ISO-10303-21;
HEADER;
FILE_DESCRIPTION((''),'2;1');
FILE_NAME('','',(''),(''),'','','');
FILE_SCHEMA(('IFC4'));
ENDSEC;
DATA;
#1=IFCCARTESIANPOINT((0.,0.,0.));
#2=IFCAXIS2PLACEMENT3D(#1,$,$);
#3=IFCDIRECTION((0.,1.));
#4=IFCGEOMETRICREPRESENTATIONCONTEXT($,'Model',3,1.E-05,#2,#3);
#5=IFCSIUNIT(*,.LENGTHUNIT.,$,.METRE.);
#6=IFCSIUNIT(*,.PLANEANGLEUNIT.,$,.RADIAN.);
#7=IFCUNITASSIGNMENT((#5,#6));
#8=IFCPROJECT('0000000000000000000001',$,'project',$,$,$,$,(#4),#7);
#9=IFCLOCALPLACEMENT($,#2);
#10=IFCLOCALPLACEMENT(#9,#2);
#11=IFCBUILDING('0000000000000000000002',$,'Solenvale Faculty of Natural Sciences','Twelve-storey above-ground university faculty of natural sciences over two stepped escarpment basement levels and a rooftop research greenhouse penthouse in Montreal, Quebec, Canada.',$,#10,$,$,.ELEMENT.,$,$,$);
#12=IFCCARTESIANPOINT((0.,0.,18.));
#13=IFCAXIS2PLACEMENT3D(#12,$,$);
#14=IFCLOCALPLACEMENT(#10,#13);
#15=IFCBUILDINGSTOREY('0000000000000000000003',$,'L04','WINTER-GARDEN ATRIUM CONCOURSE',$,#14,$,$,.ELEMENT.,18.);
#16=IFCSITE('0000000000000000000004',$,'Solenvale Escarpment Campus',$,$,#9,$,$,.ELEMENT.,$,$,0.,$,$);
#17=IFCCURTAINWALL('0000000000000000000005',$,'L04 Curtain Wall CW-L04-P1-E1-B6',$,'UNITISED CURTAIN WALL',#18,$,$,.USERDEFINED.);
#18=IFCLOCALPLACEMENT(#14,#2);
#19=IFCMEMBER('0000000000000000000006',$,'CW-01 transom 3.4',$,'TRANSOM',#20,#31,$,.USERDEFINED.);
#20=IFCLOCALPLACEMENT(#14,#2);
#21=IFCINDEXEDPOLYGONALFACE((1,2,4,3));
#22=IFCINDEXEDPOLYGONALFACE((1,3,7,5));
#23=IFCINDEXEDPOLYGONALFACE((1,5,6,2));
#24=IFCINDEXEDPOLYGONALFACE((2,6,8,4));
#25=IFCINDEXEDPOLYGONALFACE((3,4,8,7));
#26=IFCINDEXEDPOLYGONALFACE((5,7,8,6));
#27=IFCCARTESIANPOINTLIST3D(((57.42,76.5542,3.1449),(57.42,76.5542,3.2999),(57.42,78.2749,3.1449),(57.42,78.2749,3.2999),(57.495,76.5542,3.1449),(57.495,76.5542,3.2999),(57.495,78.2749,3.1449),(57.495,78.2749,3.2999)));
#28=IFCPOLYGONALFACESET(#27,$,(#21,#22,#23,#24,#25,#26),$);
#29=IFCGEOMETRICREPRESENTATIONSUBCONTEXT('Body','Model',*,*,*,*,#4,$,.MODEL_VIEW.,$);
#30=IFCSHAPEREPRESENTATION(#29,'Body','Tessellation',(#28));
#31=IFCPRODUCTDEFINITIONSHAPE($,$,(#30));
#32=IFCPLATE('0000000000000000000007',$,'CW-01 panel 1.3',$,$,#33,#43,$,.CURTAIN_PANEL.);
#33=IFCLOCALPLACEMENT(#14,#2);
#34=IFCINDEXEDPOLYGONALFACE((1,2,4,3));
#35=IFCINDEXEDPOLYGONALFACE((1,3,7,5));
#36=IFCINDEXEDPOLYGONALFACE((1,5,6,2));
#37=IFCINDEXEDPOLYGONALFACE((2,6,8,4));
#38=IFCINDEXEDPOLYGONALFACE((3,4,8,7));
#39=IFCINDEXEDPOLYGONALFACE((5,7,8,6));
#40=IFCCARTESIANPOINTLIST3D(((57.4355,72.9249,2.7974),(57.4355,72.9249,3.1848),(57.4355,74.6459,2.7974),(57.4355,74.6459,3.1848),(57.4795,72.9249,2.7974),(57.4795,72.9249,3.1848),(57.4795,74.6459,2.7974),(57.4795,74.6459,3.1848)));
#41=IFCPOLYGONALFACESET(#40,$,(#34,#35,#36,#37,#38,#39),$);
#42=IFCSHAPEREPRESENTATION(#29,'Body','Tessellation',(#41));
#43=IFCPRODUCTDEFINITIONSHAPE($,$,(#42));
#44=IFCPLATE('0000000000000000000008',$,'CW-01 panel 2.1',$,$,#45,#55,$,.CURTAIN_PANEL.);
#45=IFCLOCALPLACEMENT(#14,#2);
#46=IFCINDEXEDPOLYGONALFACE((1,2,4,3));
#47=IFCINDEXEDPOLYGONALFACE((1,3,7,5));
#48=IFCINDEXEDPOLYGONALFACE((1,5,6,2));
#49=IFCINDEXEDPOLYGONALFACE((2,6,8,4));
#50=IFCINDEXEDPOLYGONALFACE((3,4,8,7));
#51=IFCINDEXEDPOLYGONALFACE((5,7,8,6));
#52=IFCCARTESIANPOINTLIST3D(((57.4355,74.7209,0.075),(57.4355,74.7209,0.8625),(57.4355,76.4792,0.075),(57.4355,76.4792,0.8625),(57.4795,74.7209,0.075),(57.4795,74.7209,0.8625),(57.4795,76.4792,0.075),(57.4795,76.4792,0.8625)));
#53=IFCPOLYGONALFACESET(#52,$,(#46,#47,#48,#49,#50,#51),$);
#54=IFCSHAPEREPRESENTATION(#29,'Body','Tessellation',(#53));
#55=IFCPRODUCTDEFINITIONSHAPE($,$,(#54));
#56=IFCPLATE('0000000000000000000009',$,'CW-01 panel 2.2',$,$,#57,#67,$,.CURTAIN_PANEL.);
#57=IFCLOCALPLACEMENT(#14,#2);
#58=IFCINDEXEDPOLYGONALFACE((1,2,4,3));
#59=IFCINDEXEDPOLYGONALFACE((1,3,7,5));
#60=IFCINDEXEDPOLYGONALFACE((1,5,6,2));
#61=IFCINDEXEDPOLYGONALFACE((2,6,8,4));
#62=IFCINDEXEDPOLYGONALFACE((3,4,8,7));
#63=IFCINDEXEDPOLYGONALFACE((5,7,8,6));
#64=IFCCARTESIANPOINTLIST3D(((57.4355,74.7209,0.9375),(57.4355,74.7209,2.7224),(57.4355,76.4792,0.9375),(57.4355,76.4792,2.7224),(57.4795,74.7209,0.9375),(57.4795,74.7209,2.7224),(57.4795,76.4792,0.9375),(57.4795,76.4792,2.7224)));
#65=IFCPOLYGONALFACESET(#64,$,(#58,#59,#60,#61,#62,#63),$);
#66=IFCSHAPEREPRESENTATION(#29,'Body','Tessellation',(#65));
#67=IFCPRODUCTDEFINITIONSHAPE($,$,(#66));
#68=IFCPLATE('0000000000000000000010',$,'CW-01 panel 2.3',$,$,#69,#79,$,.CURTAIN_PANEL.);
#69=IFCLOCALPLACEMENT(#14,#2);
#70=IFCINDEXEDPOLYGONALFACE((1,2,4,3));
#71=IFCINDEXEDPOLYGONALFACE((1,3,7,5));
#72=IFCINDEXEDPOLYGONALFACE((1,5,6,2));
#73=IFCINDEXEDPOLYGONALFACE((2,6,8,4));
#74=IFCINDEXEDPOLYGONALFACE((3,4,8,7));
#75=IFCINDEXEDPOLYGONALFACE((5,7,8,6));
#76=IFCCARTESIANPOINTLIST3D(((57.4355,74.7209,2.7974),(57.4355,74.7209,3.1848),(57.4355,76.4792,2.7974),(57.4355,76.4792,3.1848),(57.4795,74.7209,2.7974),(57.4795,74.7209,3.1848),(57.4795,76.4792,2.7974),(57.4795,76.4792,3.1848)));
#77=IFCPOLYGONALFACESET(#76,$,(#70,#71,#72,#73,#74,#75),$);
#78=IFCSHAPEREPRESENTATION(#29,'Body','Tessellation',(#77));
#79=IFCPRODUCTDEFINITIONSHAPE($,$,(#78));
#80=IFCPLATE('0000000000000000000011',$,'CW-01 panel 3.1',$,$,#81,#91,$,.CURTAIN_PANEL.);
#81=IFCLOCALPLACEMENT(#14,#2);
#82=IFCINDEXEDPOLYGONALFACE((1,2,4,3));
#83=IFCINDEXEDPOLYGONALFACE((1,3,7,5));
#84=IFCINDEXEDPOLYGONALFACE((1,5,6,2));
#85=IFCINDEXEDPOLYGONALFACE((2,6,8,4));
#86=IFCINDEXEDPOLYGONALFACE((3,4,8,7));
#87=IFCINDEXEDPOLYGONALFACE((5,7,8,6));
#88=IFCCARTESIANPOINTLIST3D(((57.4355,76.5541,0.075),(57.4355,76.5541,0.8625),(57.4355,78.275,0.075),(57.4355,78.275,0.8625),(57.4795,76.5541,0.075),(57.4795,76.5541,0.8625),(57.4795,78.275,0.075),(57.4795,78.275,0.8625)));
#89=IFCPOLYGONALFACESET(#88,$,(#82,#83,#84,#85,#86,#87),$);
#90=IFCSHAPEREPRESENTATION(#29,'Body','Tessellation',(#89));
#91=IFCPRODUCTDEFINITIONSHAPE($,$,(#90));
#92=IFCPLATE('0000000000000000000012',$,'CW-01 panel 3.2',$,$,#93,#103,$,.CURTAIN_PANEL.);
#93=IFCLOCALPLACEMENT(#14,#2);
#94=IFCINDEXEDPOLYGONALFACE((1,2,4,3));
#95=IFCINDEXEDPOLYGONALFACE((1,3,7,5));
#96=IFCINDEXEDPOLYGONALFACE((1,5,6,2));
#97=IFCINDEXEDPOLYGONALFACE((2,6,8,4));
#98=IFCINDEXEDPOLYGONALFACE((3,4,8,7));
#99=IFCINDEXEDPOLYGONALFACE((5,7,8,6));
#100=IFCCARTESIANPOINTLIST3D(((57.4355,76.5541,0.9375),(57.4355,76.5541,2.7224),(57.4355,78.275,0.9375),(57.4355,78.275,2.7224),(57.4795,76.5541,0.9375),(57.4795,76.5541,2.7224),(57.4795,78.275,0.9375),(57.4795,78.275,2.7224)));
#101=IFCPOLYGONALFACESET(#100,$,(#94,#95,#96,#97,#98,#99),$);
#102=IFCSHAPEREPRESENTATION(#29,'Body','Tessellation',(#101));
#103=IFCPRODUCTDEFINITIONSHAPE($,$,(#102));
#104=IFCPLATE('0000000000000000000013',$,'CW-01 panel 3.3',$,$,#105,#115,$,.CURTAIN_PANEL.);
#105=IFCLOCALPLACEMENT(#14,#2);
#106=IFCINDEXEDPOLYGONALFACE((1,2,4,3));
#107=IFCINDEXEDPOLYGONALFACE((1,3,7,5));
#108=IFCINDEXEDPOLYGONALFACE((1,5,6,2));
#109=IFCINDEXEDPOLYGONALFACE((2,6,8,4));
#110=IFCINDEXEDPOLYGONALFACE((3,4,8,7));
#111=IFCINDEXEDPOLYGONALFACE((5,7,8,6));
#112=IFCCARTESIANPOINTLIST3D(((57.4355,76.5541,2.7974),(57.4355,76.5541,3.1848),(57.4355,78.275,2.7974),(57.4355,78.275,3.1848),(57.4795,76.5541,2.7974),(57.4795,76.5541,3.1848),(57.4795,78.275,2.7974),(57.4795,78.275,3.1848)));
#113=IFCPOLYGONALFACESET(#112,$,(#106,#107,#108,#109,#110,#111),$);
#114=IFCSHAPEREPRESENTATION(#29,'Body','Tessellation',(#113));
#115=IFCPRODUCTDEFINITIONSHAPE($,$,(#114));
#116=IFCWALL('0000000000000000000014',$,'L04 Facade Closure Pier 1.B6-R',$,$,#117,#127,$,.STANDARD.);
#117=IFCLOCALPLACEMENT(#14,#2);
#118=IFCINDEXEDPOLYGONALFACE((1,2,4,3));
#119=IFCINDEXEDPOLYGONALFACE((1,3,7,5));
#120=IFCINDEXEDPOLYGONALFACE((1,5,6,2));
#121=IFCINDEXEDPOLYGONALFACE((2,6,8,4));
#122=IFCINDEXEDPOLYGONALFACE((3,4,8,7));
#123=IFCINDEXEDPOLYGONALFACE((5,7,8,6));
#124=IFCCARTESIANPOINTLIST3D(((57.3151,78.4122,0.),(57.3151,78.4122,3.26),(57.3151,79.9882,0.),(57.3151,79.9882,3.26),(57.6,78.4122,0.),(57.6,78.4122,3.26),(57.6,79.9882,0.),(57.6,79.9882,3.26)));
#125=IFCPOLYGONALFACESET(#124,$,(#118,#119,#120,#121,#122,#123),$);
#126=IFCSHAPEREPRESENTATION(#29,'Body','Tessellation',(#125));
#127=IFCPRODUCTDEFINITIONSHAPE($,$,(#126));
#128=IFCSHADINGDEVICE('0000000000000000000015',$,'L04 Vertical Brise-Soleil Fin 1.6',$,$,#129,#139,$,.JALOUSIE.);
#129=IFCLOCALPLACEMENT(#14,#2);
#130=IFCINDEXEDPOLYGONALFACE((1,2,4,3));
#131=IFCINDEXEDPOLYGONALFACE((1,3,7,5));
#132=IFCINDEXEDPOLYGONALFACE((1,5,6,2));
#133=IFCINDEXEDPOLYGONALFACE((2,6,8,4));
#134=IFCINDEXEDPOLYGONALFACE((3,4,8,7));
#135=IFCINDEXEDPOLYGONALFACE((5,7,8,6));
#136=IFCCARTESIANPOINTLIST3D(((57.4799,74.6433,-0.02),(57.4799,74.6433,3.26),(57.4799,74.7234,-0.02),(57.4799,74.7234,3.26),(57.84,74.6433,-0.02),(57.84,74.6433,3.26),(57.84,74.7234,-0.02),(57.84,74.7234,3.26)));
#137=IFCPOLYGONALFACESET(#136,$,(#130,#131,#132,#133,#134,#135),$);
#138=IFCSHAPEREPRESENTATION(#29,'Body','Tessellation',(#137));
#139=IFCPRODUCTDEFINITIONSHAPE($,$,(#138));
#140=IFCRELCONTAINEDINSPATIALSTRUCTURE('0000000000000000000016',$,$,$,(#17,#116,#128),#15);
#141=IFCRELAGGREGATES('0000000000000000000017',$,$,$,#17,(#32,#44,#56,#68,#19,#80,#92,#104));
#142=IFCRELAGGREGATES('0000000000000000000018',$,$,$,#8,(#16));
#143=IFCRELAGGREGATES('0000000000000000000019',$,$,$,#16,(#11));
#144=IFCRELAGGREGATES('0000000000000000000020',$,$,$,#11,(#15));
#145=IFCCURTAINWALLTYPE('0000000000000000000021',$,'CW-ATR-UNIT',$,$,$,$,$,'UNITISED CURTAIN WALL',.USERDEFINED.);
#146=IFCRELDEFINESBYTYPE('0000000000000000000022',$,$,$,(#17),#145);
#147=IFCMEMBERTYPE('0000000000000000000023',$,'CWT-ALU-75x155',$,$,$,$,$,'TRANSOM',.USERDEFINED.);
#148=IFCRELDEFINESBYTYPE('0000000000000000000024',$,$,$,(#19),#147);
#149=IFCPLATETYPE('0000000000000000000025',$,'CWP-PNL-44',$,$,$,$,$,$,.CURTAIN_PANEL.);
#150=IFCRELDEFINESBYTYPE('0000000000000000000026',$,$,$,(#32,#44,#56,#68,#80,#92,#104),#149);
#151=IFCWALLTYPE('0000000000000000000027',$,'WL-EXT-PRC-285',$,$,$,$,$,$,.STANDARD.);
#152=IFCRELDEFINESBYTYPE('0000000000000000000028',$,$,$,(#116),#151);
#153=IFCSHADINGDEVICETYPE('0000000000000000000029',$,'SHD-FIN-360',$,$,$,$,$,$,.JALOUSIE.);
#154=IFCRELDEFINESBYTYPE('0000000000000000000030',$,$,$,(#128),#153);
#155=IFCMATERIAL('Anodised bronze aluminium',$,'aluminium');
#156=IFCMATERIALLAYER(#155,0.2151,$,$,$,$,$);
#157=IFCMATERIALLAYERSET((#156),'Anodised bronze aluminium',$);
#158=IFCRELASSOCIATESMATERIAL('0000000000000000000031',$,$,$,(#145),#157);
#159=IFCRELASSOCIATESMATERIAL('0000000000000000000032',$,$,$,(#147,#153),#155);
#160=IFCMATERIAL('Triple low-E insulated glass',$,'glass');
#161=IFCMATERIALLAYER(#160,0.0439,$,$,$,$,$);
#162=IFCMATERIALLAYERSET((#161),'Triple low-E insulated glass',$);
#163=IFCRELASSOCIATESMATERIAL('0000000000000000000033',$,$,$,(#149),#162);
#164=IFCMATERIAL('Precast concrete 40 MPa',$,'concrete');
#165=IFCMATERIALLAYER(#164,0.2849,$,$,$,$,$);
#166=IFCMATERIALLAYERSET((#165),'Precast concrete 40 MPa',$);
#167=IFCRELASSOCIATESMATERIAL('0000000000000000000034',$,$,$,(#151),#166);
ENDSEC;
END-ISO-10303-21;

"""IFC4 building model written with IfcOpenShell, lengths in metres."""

from ifc_helpers import new_model, si_unit, direction, frame, frame_2d, origin, origin_2d, place, context, subcontext, project, spatial, rectangle, extrude, material, layer, layer_set, material_profile, profile_set, type_object, element, aggregate, save


model = new_model("IFC4")

# Units and contexts
model_context = context("Model", 3, precision=1e-05, world=origin(), true_north=direction((0.0, 1.0)))
body_context = subcontext(model_context, "Body", "Model", "MODEL_VIEW")
ifc_project = project(units=[si_unit("LENGTHUNIT", "METRE"), si_unit("PLANEANGLEUNIT", "RADIAN")], contexts=[model_context])

# Site, building, storey
site_placement = place(None, origin())
site = spatial("IfcSite", under=ifc_project, at=site_placement, Name="Solenvale Escarpment Campus", CompositionType="ELEMENT", RefElevation=0.0)
building_placement = place(site_placement, origin())
building = spatial("IfcBuilding", under=site, at=building_placement, Name="Solenvale Faculty of Natural Sciences", Description="Twelve-storey above-ground university faculty of natural sciences over two stepped escarpment basement levels and a rooftop research greenhouse penthouse in Montreal, Quebec, Canada.", CompositionType="ELEMENT")
storey_placement = place(building_placement, frame((0.0, 0.0, 18.0)))
storey = spatial("IfcBuildingStorey", under=building, at=storey_placement, Name="L04", Description="WINTER-GARDEN ATRIUM CONCOURSE", CompositionType="ELEMENT", Elevation=18.0)

# Curtain wall, member, plates
ifc_material_1 = material(Name="Anodised bronze aluminium", Category="aluminium")
ifc_layer_1 = layer(ifc_material_1, 0.2151)
ifc_layer_set_1 = layer_set([ifc_layer_1], Name="Anodised bronze aluminium")
curtain_wall_type = type_object("IfcCurtainWallType", Name="CW-ATR-UNIT", ElementType="UNITISED CURTAIN WALL", PredefinedType="USERDEFINED", material=ifc_layer_set_1)
curtain_wall_placement = place(storey_placement, origin())
curtain_wall = element("IfcCurtainWall", 1, at=curtain_wall_placement, inside=storey, type_object=curtain_wall_type, Name="L04 Curtain Wall CW-L04-P1-E1-B6", ObjectType="UNITISED CURTAIN WALL", PredefinedType="USERDEFINED")
ifc_material_profile_1 = material_profile(ifc_material_1, rectangle(XDim=0.075, YDim=0.155, at=origin_2d()), Name="ALU-TRN-75x155")
ifc_profile_set_1 = profile_set([ifc_material_profile_1], Name="Anodised bronze aluminium")
member_type_1 = type_object("IfcMemberType", Name="CWT-ALU-75x155", ElementType="TRANSOM", PredefinedType="USERDEFINED", material=ifc_profile_set_1)
member_1_placement = place(storey_placement, frame((57.4575, 76.5542, 3.2224), z_axis=(0.0, 1.0, 0.0), x_axis=(-1.0, 0.0, 0.0)))
member_1 = element("IfcMember", 2, at=member_1_placement, type_object=member_type_1, Name="CW-01 transom 3.4", ObjectType="TRANSOM", PredefinedType="USERDEFINED", context=body_context, shape_type="SweptSolid", body=[
    extrude(rectangle(XDim=0.075, YDim=0.155, at=origin_2d()), origin(), (0.0, 0.0, 1.0), 1.7207),
])
ifc_material_2 = material(Name="Triple low-E insulated glass", Category="glass")
ifc_layer_2 = layer(ifc_material_2, 0.0439)
ifc_layer_set_2 = layer_set([ifc_layer_2], Name="Triple low-E insulated glass")
plate_type = type_object("IfcPlateType", Name="CWP-PNL-44", PredefinedType="CURTAIN_PANEL", material=ifc_layer_set_2)
plate_1_placement = place(storey_placement, frame((57.4575, 73.7854, 2.7974), z_axis=(0.0, 0.0, 1.0), x_axis=(0.0, 1.0, 0.0)))
plate_1 = element("IfcPlate", 3, at=plate_1_placement, type_object=plate_type, Name="CW-01 panel 1.3", PredefinedType="CURTAIN_PANEL", context=body_context, shape_type="SweptSolid", body=[
    extrude(rectangle(XDim=1.7209, YDim=0.0439, at=origin_2d()), origin(), (0.0, 0.0, 1.0), 0.3875),
])
plate_2_placement = place(storey_placement, frame((57.4575, 75.6001, 0.075), z_axis=(0.0, 0.0, 1.0), x_axis=(0.0, 1.0, 0.0)))
plate_2 = element("IfcPlate", 4, at=plate_2_placement, type_object=plate_type, Name="CW-01 panel 2.1", PredefinedType="CURTAIN_PANEL", context=body_context, shape_type="SweptSolid", body=[
    extrude(rectangle(XDim=1.7583, YDim=0.0439, at=origin_2d()), origin(), (0.0, 0.0, 1.0), 0.7876),
])
plate_3_placement = place(storey_placement, frame((57.4575, 75.6001, 0.9375), z_axis=(0.0, 0.0, 1.0), x_axis=(0.0, 1.0, 0.0)))
plate_3 = element("IfcPlate", 5, at=plate_3_placement, type_object=plate_type, Name="CW-01 panel 2.2", PredefinedType="CURTAIN_PANEL", context=body_context, shape_type="SweptSolid", body=[
    extrude(rectangle(XDim=1.7583, YDim=0.0439, at=origin_2d()), origin(), (0.0, 0.0, 1.0), 1.7849),
])
plate_4_placement = place(storey_placement, frame((57.4575, 75.6001, 2.7974), z_axis=(0.0, 0.0, 1.0), x_axis=(0.0, 1.0, 0.0)))
plate_4 = element("IfcPlate", 6, at=plate_4_placement, type_object=plate_type, Name="CW-01 panel 2.3", PredefinedType="CURTAIN_PANEL", context=body_context, shape_type="SweptSolid", body=[
    extrude(rectangle(XDim=1.7583, YDim=0.0439, at=origin_2d()), origin(), (0.0, 0.0, 1.0), 0.3875),
])
plate_5_placement = place(storey_placement, frame((57.4575, 77.4146, 0.075), z_axis=(0.0, 0.0, 1.0), x_axis=(0.0, 1.0, 0.0)))
plate_5 = element("IfcPlate", 7, at=plate_5_placement, type_object=plate_type, Name="CW-01 panel 3.1", PredefinedType="CURTAIN_PANEL", context=body_context, shape_type="SweptSolid", body=[
    extrude(rectangle(XDim=1.7209, YDim=0.0439, at=origin_2d()), origin(), (0.0, 0.0, 1.0), 0.7876),
])
plate_6_placement = place(storey_placement, frame((57.4575, 77.4146, 0.9375), z_axis=(0.0, 0.0, 1.0), x_axis=(0.0, 1.0, 0.0)))
plate_6 = element("IfcPlate", 8, at=plate_6_placement, type_object=plate_type, Name="CW-01 panel 3.2", PredefinedType="CURTAIN_PANEL", context=body_context, shape_type="SweptSolid", body=[
    extrude(rectangle(XDim=1.7209, YDim=0.0439, at=origin_2d()), origin(), (0.0, 0.0, 1.0), 1.7849),
])
plate_7_placement = place(storey_placement, frame((57.4575, 77.4146, 2.7974), z_axis=(0.0, 0.0, 1.0), x_axis=(0.0, 1.0, 0.0)))
plate_7 = element("IfcPlate", 9, at=plate_7_placement, type_object=plate_type, Name="CW-01 panel 3.3", PredefinedType="CURTAIN_PANEL", context=body_context, shape_type="SweptSolid", body=[
    extrude(rectangle(XDim=1.7209, YDim=0.0439, at=origin_2d()), origin(), (0.0, 0.0, 1.0), 0.3875),
])
aggregate(curtain_wall, [plate_1, plate_2, plate_3, plate_4, member_1, plate_5, plate_6, plate_7])

# Wall
ifc_material_3 = material(Name="Precast concrete 40 MPa", Category="concrete")
ifc_layer_3 = layer(ifc_material_3, 0.2849)
ifc_layer_set_3 = layer_set([ifc_layer_3], Name="Precast concrete 40 MPa")
wall_type = type_object("IfcWallType", Name="WL-EXT-PRC-285", PredefinedType="STANDARD", material=ifc_layer_set_3)
wall_placement = place(storey_placement, frame((57.4575, 78.4121, 0.0), z_axis=(0.0, 0.0, 1.0), x_axis=(0.0, 1.0, 0.0)))
element("IfcWall", 10, at=wall_placement, inside=storey, type_object=wall_type, Name="L04 Facade Closure Pier 1.B6-R", PredefinedType="STANDARD", context=body_context, shape_type="SweptSolid", body=[
    extrude(rectangle(XDim=1.5759, YDim=0.2849, at=frame_2d((0.7881, 0.0))), origin(), (0.0, 0.0, 1.0), 3.26),
])

# Shading device
ifc_material_profile_2 = material_profile(ifc_material_1, rectangle(XDim=0.0801, YDim=0.3601, at=origin_2d()), Name="ALU-FIN-80x360")
ifc_profile_set_2 = profile_set([ifc_material_profile_2], Name="Anodised bronze aluminium")
shading_device_type = type_object("IfcShadingDeviceType", Name="SHD-FIN-360", PredefinedType="JALOUSIE", material=ifc_profile_set_2)
shading_device_placement = place(storey_placement, frame((57.6599, 74.6833, -0.02), z_axis=(0.0, 0.0, 1.0), x_axis=(0.0, 1.0, 0.0)))
element("IfcShadingDevice", 11, at=shading_device_placement, inside=storey, type_object=shading_device_type, Name="L04 Vertical Brise-Soleil Fin 1.6", PredefinedType="JALOUSIE", context=body_context, shape_type="SweptSolid", body=[
    extrude(rectangle(XDim=0.0801, YDim=0.3601, at=origin_2d()), origin(), (0.0, 0.0, 1.0), 3.28),
])

save(model, "model.ifc")
